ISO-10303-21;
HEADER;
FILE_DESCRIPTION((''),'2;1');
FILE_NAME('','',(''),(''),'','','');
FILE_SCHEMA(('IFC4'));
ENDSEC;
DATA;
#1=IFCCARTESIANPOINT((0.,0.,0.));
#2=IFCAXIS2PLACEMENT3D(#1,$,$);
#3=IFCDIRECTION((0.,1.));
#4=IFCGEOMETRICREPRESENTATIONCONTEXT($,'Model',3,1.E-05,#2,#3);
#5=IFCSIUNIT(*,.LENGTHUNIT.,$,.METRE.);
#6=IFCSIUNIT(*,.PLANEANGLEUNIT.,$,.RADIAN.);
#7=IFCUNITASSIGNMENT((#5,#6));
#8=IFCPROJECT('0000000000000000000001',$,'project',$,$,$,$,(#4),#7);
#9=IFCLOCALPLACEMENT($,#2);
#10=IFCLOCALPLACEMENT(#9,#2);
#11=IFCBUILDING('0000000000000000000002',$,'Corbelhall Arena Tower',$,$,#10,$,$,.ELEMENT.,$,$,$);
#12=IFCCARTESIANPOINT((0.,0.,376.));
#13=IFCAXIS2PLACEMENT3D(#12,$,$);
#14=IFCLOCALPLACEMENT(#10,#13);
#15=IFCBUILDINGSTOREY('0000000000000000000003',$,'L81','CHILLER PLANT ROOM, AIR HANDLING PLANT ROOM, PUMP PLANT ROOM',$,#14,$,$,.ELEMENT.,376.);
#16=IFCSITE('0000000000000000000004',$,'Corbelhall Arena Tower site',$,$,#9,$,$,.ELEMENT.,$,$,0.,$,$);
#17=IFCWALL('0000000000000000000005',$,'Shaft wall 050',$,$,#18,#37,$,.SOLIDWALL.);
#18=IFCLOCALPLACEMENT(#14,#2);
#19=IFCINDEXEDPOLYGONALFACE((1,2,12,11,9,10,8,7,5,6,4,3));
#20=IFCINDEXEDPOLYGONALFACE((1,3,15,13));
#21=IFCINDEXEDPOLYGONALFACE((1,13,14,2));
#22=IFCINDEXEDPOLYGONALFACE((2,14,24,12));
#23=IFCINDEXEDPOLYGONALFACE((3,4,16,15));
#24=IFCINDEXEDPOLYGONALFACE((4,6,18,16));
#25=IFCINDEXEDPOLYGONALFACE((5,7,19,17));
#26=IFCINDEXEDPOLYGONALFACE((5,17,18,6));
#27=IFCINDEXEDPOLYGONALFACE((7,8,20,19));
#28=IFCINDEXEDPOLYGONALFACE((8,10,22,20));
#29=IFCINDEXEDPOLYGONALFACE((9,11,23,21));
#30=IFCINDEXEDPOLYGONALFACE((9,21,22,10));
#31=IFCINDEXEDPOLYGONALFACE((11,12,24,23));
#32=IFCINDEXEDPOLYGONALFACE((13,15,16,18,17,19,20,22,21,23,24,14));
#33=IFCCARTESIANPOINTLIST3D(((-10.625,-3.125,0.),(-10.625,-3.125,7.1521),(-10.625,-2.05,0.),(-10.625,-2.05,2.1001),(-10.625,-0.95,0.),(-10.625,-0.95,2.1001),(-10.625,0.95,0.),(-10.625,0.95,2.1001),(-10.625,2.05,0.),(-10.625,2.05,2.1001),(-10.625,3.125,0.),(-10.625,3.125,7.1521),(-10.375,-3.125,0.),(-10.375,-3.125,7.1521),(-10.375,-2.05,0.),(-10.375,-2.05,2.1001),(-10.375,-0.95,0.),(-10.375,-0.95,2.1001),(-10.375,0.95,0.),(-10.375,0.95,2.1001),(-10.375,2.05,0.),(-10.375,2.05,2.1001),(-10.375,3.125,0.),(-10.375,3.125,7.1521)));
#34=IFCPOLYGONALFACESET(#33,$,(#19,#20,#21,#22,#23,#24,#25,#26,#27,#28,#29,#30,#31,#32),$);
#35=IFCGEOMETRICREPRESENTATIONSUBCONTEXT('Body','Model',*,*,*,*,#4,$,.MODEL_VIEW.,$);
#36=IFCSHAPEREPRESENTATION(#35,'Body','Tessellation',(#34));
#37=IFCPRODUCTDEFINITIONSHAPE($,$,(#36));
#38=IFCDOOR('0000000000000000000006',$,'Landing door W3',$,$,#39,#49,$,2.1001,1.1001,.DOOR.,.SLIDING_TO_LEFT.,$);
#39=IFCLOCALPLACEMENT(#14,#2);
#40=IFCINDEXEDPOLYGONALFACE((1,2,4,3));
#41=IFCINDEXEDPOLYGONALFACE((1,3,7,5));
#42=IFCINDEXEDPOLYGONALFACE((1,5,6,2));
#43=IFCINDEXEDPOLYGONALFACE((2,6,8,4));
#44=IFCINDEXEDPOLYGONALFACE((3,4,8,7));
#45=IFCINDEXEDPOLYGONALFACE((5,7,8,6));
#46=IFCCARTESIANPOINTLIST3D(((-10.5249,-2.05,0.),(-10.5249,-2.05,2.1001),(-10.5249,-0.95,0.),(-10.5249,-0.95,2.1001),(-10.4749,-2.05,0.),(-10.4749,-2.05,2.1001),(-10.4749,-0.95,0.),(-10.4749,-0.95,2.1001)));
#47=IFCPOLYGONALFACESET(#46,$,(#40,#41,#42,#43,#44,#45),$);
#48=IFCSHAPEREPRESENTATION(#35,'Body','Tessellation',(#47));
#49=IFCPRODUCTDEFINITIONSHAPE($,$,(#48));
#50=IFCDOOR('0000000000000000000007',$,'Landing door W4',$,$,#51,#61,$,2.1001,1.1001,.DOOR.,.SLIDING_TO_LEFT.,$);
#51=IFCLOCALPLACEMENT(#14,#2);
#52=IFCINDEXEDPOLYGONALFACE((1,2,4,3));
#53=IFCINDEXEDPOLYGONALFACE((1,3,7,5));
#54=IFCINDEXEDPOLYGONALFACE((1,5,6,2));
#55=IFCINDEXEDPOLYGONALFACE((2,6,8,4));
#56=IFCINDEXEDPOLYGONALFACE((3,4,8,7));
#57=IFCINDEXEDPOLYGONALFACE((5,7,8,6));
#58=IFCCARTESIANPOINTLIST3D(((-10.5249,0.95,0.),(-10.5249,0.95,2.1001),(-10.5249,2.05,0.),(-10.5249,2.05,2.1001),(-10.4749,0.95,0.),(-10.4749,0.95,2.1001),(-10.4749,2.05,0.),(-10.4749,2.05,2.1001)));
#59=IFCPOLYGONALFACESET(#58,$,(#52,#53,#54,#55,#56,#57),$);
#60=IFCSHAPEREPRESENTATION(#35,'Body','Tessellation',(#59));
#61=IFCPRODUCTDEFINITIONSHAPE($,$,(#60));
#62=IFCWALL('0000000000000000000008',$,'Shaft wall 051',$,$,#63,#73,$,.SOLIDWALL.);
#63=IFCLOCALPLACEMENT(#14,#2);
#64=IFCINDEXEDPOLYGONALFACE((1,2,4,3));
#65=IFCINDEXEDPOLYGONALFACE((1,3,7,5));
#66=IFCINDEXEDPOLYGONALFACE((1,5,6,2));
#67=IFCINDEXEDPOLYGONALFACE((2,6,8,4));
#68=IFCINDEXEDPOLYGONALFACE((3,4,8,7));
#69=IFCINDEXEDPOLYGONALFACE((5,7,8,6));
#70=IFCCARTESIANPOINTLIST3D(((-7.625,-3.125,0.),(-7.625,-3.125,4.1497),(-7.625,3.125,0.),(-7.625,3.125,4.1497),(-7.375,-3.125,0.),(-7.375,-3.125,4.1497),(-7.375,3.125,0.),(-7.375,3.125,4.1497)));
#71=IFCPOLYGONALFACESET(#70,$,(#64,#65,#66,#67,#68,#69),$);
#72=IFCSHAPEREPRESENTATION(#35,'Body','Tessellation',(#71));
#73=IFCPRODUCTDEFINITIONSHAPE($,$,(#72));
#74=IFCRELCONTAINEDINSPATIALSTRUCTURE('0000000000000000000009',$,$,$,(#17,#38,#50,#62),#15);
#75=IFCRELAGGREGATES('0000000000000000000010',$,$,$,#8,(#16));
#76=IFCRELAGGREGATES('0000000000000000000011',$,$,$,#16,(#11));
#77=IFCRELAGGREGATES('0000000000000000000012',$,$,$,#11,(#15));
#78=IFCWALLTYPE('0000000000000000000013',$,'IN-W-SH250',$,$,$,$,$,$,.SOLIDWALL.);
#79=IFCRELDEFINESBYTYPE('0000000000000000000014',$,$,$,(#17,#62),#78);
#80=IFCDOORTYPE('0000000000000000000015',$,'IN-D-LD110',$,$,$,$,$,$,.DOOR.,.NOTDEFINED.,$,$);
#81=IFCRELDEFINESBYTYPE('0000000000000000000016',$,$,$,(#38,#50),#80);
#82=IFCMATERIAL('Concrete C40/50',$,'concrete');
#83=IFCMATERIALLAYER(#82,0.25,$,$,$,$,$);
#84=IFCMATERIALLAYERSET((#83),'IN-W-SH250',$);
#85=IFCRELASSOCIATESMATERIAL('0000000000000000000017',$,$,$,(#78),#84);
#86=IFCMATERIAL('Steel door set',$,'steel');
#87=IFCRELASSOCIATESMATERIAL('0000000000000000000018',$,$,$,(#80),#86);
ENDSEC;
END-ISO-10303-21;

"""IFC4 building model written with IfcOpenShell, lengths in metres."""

from ifc_helpers import new_model, si_unit, direction, frame, frame_2d, origin, place, context, subcontext, project, spatial, rectangle, extrude, material, layer, layer_set, type_object, element, fill, save


model = new_model("IFC4")

# Units and contexts
model_context = context("Model", 3, precision=1e-05, world=origin(), true_north=direction((0.0, 1.0)))
body_context = subcontext(model_context, "Body", "Model", "MODEL_VIEW")
ifc_project = project(units=[si_unit("LENGTHUNIT", "METRE"), si_unit("PLANEANGLEUNIT", "RADIAN")], contexts=[model_context])

# Site, building, storey
site_placement = place(None, origin())
site = spatial("IfcSite", under=ifc_project, at=site_placement, Name="Corbelhall Arena Tower site", CompositionType="ELEMENT", RefElevation=0.0)
building_placement = place(site_placement, origin())
building = spatial("IfcBuilding", under=site, at=building_placement, Name="Corbelhall Arena Tower", CompositionType="ELEMENT")
storey_placement = place(building_placement, frame((0.0, 0.0, 376.0)))
storey = spatial("IfcBuildingStorey", under=building, at=storey_placement, Name="L81", Description="CHILLER PLANT ROOM, AIR HANDLING PLANT ROOM, PUMP PLANT ROOM", CompositionType="ELEMENT", Elevation=376.0)

# Wall, openings, doors
ifc_material_1 = material(Name="Concrete C40/50", Category="concrete")
ifc_layer_1 = layer(ifc_material_1, 0.25)
ifc_layer_set_1 = layer_set([ifc_layer_1], Name="IN-W-SH250")
wall_type_1 = type_object("IfcWallType", Name="IN-W-SH250", PredefinedType="SOLIDWALL", material=ifc_layer_set_1)
wall_1_placement = place(storey_placement, frame((-10.5, -3.125, 0.0), z_axis=(0.0, 0.0, 1.0), x_axis=(0.0, 1.0, 0.0)))
wall_1 = element("IfcWall", 1, at=wall_1_placement, inside=storey, type_object=wall_type_1, Name="Shaft wall 050", PredefinedType="SOLIDWALL", context=body_context, shape_type="SweptSolid", body=[
    extrude(rectangle(XDim=6.25, YDim=0.25, at=frame_2d((3.125, 0.0))), origin(), (0.0, 0.0, 1.0), 7.1521),
])
opening_1_placement = place(wall_1_placement, frame((1.075, 0.0, 0.0)))
opening_1 = element("IfcOpeningElement", 2, at=opening_1_placement, cuts=wall_1, PredefinedType="OPENING", context=body_context, shape_type="SweptSolid", body=[
    extrude(rectangle(XDim=1.1001, YDim=2.1001, at=frame_2d((0.55, 1.05))), frame((0.0, 0.125, 0.0), z_axis=(0.0, -1.0, 0.0), x_axis=(1.0, 0.0, 0.0)), (0.0, 0.0, 1.0), 0.25),
])
opening_2_placement = place(wall_1_placement, frame((4.075, 0.0, 0.0)))
opening_2 = element("IfcOpeningElement", 3, at=opening_2_placement, cuts=wall_1, PredefinedType="OPENING", context=body_context, shape_type="SweptSolid", body=[
    extrude(rectangle(XDim=1.1001, YDim=2.1001, at=frame_2d((0.55, 1.05))), frame((0.0, 0.125, 0.0), z_axis=(0.0, -1.0, 0.0), x_axis=(1.0, 0.0, 0.0)), (0.0, 0.0, 1.0), 0.25),
])
ifc_material_2 = material(Name="Steel door set", Category="steel")
door_type = type_object("IfcDoorType", Name="IN-D-LD110", OperationType="NOTDEFINED", PredefinedType="DOOR", material=ifc_material_2)
door_1_placement = place(opening_1_placement, origin())
door_1 = element("IfcDoor", 4, at=door_1_placement, inside=storey, type_object=door_type, Name="Landing door W3", OperationType="SLIDING_TO_LEFT", OverallHeight=2.1001, OverallWidth=1.1001, PredefinedType="DOOR", context=body_context, shape_type="SweptSolid", body=[
    extrude(rectangle(XDim=1.1001, YDim=2.1001, at=frame_2d((0.55, 1.05))), frame((0.0, 0.0249, 0.0), z_axis=(0.0, -1.0, 0.0), x_axis=(1.0, 0.0, 0.0)), (0.0, 0.0, 1.0), 0.05),
])
fill(opening_1, door_1)
door_2_placement = place(opening_2_placement, origin())
door_2 = element("IfcDoor", 5, at=door_2_placement, inside=storey, type_object=door_type, Name="Landing door W4", OperationType="SLIDING_TO_LEFT", OverallHeight=2.1001, OverallWidth=1.1001, PredefinedType="DOOR", context=body_context, shape_type="SweptSolid", body=[
    extrude(rectangle(XDim=1.1001, YDim=2.1001, at=frame_2d((0.55, 1.05))), frame((0.0, 0.0249, 0.0), z_axis=(0.0, -1.0, 0.0), x_axis=(1.0, 0.0, 0.0)), (0.0, 0.0, 1.0), 0.05),
])
fill(opening_2, door_2)

# Wall
wall_2_placement = place(storey_placement, frame((-7.5, -3.125, 0.0), z_axis=(0.0, 0.0, 1.0), x_axis=(0.0, 1.0, 0.0)))
element("IfcWall", 6, at=wall_2_placement, inside=storey, type_object=wall_type_1, Name="Shaft wall 051", PredefinedType="SOLIDWALL", context=body_context, shape_type="SweptSolid", body=[
    extrude(rectangle(XDim=6.25, YDim=0.25, at=frame_2d((3.125, 0.0))), origin(), (0.0, 0.0, 1.0), 4.1497),
])

save(model, "model.ifc")
